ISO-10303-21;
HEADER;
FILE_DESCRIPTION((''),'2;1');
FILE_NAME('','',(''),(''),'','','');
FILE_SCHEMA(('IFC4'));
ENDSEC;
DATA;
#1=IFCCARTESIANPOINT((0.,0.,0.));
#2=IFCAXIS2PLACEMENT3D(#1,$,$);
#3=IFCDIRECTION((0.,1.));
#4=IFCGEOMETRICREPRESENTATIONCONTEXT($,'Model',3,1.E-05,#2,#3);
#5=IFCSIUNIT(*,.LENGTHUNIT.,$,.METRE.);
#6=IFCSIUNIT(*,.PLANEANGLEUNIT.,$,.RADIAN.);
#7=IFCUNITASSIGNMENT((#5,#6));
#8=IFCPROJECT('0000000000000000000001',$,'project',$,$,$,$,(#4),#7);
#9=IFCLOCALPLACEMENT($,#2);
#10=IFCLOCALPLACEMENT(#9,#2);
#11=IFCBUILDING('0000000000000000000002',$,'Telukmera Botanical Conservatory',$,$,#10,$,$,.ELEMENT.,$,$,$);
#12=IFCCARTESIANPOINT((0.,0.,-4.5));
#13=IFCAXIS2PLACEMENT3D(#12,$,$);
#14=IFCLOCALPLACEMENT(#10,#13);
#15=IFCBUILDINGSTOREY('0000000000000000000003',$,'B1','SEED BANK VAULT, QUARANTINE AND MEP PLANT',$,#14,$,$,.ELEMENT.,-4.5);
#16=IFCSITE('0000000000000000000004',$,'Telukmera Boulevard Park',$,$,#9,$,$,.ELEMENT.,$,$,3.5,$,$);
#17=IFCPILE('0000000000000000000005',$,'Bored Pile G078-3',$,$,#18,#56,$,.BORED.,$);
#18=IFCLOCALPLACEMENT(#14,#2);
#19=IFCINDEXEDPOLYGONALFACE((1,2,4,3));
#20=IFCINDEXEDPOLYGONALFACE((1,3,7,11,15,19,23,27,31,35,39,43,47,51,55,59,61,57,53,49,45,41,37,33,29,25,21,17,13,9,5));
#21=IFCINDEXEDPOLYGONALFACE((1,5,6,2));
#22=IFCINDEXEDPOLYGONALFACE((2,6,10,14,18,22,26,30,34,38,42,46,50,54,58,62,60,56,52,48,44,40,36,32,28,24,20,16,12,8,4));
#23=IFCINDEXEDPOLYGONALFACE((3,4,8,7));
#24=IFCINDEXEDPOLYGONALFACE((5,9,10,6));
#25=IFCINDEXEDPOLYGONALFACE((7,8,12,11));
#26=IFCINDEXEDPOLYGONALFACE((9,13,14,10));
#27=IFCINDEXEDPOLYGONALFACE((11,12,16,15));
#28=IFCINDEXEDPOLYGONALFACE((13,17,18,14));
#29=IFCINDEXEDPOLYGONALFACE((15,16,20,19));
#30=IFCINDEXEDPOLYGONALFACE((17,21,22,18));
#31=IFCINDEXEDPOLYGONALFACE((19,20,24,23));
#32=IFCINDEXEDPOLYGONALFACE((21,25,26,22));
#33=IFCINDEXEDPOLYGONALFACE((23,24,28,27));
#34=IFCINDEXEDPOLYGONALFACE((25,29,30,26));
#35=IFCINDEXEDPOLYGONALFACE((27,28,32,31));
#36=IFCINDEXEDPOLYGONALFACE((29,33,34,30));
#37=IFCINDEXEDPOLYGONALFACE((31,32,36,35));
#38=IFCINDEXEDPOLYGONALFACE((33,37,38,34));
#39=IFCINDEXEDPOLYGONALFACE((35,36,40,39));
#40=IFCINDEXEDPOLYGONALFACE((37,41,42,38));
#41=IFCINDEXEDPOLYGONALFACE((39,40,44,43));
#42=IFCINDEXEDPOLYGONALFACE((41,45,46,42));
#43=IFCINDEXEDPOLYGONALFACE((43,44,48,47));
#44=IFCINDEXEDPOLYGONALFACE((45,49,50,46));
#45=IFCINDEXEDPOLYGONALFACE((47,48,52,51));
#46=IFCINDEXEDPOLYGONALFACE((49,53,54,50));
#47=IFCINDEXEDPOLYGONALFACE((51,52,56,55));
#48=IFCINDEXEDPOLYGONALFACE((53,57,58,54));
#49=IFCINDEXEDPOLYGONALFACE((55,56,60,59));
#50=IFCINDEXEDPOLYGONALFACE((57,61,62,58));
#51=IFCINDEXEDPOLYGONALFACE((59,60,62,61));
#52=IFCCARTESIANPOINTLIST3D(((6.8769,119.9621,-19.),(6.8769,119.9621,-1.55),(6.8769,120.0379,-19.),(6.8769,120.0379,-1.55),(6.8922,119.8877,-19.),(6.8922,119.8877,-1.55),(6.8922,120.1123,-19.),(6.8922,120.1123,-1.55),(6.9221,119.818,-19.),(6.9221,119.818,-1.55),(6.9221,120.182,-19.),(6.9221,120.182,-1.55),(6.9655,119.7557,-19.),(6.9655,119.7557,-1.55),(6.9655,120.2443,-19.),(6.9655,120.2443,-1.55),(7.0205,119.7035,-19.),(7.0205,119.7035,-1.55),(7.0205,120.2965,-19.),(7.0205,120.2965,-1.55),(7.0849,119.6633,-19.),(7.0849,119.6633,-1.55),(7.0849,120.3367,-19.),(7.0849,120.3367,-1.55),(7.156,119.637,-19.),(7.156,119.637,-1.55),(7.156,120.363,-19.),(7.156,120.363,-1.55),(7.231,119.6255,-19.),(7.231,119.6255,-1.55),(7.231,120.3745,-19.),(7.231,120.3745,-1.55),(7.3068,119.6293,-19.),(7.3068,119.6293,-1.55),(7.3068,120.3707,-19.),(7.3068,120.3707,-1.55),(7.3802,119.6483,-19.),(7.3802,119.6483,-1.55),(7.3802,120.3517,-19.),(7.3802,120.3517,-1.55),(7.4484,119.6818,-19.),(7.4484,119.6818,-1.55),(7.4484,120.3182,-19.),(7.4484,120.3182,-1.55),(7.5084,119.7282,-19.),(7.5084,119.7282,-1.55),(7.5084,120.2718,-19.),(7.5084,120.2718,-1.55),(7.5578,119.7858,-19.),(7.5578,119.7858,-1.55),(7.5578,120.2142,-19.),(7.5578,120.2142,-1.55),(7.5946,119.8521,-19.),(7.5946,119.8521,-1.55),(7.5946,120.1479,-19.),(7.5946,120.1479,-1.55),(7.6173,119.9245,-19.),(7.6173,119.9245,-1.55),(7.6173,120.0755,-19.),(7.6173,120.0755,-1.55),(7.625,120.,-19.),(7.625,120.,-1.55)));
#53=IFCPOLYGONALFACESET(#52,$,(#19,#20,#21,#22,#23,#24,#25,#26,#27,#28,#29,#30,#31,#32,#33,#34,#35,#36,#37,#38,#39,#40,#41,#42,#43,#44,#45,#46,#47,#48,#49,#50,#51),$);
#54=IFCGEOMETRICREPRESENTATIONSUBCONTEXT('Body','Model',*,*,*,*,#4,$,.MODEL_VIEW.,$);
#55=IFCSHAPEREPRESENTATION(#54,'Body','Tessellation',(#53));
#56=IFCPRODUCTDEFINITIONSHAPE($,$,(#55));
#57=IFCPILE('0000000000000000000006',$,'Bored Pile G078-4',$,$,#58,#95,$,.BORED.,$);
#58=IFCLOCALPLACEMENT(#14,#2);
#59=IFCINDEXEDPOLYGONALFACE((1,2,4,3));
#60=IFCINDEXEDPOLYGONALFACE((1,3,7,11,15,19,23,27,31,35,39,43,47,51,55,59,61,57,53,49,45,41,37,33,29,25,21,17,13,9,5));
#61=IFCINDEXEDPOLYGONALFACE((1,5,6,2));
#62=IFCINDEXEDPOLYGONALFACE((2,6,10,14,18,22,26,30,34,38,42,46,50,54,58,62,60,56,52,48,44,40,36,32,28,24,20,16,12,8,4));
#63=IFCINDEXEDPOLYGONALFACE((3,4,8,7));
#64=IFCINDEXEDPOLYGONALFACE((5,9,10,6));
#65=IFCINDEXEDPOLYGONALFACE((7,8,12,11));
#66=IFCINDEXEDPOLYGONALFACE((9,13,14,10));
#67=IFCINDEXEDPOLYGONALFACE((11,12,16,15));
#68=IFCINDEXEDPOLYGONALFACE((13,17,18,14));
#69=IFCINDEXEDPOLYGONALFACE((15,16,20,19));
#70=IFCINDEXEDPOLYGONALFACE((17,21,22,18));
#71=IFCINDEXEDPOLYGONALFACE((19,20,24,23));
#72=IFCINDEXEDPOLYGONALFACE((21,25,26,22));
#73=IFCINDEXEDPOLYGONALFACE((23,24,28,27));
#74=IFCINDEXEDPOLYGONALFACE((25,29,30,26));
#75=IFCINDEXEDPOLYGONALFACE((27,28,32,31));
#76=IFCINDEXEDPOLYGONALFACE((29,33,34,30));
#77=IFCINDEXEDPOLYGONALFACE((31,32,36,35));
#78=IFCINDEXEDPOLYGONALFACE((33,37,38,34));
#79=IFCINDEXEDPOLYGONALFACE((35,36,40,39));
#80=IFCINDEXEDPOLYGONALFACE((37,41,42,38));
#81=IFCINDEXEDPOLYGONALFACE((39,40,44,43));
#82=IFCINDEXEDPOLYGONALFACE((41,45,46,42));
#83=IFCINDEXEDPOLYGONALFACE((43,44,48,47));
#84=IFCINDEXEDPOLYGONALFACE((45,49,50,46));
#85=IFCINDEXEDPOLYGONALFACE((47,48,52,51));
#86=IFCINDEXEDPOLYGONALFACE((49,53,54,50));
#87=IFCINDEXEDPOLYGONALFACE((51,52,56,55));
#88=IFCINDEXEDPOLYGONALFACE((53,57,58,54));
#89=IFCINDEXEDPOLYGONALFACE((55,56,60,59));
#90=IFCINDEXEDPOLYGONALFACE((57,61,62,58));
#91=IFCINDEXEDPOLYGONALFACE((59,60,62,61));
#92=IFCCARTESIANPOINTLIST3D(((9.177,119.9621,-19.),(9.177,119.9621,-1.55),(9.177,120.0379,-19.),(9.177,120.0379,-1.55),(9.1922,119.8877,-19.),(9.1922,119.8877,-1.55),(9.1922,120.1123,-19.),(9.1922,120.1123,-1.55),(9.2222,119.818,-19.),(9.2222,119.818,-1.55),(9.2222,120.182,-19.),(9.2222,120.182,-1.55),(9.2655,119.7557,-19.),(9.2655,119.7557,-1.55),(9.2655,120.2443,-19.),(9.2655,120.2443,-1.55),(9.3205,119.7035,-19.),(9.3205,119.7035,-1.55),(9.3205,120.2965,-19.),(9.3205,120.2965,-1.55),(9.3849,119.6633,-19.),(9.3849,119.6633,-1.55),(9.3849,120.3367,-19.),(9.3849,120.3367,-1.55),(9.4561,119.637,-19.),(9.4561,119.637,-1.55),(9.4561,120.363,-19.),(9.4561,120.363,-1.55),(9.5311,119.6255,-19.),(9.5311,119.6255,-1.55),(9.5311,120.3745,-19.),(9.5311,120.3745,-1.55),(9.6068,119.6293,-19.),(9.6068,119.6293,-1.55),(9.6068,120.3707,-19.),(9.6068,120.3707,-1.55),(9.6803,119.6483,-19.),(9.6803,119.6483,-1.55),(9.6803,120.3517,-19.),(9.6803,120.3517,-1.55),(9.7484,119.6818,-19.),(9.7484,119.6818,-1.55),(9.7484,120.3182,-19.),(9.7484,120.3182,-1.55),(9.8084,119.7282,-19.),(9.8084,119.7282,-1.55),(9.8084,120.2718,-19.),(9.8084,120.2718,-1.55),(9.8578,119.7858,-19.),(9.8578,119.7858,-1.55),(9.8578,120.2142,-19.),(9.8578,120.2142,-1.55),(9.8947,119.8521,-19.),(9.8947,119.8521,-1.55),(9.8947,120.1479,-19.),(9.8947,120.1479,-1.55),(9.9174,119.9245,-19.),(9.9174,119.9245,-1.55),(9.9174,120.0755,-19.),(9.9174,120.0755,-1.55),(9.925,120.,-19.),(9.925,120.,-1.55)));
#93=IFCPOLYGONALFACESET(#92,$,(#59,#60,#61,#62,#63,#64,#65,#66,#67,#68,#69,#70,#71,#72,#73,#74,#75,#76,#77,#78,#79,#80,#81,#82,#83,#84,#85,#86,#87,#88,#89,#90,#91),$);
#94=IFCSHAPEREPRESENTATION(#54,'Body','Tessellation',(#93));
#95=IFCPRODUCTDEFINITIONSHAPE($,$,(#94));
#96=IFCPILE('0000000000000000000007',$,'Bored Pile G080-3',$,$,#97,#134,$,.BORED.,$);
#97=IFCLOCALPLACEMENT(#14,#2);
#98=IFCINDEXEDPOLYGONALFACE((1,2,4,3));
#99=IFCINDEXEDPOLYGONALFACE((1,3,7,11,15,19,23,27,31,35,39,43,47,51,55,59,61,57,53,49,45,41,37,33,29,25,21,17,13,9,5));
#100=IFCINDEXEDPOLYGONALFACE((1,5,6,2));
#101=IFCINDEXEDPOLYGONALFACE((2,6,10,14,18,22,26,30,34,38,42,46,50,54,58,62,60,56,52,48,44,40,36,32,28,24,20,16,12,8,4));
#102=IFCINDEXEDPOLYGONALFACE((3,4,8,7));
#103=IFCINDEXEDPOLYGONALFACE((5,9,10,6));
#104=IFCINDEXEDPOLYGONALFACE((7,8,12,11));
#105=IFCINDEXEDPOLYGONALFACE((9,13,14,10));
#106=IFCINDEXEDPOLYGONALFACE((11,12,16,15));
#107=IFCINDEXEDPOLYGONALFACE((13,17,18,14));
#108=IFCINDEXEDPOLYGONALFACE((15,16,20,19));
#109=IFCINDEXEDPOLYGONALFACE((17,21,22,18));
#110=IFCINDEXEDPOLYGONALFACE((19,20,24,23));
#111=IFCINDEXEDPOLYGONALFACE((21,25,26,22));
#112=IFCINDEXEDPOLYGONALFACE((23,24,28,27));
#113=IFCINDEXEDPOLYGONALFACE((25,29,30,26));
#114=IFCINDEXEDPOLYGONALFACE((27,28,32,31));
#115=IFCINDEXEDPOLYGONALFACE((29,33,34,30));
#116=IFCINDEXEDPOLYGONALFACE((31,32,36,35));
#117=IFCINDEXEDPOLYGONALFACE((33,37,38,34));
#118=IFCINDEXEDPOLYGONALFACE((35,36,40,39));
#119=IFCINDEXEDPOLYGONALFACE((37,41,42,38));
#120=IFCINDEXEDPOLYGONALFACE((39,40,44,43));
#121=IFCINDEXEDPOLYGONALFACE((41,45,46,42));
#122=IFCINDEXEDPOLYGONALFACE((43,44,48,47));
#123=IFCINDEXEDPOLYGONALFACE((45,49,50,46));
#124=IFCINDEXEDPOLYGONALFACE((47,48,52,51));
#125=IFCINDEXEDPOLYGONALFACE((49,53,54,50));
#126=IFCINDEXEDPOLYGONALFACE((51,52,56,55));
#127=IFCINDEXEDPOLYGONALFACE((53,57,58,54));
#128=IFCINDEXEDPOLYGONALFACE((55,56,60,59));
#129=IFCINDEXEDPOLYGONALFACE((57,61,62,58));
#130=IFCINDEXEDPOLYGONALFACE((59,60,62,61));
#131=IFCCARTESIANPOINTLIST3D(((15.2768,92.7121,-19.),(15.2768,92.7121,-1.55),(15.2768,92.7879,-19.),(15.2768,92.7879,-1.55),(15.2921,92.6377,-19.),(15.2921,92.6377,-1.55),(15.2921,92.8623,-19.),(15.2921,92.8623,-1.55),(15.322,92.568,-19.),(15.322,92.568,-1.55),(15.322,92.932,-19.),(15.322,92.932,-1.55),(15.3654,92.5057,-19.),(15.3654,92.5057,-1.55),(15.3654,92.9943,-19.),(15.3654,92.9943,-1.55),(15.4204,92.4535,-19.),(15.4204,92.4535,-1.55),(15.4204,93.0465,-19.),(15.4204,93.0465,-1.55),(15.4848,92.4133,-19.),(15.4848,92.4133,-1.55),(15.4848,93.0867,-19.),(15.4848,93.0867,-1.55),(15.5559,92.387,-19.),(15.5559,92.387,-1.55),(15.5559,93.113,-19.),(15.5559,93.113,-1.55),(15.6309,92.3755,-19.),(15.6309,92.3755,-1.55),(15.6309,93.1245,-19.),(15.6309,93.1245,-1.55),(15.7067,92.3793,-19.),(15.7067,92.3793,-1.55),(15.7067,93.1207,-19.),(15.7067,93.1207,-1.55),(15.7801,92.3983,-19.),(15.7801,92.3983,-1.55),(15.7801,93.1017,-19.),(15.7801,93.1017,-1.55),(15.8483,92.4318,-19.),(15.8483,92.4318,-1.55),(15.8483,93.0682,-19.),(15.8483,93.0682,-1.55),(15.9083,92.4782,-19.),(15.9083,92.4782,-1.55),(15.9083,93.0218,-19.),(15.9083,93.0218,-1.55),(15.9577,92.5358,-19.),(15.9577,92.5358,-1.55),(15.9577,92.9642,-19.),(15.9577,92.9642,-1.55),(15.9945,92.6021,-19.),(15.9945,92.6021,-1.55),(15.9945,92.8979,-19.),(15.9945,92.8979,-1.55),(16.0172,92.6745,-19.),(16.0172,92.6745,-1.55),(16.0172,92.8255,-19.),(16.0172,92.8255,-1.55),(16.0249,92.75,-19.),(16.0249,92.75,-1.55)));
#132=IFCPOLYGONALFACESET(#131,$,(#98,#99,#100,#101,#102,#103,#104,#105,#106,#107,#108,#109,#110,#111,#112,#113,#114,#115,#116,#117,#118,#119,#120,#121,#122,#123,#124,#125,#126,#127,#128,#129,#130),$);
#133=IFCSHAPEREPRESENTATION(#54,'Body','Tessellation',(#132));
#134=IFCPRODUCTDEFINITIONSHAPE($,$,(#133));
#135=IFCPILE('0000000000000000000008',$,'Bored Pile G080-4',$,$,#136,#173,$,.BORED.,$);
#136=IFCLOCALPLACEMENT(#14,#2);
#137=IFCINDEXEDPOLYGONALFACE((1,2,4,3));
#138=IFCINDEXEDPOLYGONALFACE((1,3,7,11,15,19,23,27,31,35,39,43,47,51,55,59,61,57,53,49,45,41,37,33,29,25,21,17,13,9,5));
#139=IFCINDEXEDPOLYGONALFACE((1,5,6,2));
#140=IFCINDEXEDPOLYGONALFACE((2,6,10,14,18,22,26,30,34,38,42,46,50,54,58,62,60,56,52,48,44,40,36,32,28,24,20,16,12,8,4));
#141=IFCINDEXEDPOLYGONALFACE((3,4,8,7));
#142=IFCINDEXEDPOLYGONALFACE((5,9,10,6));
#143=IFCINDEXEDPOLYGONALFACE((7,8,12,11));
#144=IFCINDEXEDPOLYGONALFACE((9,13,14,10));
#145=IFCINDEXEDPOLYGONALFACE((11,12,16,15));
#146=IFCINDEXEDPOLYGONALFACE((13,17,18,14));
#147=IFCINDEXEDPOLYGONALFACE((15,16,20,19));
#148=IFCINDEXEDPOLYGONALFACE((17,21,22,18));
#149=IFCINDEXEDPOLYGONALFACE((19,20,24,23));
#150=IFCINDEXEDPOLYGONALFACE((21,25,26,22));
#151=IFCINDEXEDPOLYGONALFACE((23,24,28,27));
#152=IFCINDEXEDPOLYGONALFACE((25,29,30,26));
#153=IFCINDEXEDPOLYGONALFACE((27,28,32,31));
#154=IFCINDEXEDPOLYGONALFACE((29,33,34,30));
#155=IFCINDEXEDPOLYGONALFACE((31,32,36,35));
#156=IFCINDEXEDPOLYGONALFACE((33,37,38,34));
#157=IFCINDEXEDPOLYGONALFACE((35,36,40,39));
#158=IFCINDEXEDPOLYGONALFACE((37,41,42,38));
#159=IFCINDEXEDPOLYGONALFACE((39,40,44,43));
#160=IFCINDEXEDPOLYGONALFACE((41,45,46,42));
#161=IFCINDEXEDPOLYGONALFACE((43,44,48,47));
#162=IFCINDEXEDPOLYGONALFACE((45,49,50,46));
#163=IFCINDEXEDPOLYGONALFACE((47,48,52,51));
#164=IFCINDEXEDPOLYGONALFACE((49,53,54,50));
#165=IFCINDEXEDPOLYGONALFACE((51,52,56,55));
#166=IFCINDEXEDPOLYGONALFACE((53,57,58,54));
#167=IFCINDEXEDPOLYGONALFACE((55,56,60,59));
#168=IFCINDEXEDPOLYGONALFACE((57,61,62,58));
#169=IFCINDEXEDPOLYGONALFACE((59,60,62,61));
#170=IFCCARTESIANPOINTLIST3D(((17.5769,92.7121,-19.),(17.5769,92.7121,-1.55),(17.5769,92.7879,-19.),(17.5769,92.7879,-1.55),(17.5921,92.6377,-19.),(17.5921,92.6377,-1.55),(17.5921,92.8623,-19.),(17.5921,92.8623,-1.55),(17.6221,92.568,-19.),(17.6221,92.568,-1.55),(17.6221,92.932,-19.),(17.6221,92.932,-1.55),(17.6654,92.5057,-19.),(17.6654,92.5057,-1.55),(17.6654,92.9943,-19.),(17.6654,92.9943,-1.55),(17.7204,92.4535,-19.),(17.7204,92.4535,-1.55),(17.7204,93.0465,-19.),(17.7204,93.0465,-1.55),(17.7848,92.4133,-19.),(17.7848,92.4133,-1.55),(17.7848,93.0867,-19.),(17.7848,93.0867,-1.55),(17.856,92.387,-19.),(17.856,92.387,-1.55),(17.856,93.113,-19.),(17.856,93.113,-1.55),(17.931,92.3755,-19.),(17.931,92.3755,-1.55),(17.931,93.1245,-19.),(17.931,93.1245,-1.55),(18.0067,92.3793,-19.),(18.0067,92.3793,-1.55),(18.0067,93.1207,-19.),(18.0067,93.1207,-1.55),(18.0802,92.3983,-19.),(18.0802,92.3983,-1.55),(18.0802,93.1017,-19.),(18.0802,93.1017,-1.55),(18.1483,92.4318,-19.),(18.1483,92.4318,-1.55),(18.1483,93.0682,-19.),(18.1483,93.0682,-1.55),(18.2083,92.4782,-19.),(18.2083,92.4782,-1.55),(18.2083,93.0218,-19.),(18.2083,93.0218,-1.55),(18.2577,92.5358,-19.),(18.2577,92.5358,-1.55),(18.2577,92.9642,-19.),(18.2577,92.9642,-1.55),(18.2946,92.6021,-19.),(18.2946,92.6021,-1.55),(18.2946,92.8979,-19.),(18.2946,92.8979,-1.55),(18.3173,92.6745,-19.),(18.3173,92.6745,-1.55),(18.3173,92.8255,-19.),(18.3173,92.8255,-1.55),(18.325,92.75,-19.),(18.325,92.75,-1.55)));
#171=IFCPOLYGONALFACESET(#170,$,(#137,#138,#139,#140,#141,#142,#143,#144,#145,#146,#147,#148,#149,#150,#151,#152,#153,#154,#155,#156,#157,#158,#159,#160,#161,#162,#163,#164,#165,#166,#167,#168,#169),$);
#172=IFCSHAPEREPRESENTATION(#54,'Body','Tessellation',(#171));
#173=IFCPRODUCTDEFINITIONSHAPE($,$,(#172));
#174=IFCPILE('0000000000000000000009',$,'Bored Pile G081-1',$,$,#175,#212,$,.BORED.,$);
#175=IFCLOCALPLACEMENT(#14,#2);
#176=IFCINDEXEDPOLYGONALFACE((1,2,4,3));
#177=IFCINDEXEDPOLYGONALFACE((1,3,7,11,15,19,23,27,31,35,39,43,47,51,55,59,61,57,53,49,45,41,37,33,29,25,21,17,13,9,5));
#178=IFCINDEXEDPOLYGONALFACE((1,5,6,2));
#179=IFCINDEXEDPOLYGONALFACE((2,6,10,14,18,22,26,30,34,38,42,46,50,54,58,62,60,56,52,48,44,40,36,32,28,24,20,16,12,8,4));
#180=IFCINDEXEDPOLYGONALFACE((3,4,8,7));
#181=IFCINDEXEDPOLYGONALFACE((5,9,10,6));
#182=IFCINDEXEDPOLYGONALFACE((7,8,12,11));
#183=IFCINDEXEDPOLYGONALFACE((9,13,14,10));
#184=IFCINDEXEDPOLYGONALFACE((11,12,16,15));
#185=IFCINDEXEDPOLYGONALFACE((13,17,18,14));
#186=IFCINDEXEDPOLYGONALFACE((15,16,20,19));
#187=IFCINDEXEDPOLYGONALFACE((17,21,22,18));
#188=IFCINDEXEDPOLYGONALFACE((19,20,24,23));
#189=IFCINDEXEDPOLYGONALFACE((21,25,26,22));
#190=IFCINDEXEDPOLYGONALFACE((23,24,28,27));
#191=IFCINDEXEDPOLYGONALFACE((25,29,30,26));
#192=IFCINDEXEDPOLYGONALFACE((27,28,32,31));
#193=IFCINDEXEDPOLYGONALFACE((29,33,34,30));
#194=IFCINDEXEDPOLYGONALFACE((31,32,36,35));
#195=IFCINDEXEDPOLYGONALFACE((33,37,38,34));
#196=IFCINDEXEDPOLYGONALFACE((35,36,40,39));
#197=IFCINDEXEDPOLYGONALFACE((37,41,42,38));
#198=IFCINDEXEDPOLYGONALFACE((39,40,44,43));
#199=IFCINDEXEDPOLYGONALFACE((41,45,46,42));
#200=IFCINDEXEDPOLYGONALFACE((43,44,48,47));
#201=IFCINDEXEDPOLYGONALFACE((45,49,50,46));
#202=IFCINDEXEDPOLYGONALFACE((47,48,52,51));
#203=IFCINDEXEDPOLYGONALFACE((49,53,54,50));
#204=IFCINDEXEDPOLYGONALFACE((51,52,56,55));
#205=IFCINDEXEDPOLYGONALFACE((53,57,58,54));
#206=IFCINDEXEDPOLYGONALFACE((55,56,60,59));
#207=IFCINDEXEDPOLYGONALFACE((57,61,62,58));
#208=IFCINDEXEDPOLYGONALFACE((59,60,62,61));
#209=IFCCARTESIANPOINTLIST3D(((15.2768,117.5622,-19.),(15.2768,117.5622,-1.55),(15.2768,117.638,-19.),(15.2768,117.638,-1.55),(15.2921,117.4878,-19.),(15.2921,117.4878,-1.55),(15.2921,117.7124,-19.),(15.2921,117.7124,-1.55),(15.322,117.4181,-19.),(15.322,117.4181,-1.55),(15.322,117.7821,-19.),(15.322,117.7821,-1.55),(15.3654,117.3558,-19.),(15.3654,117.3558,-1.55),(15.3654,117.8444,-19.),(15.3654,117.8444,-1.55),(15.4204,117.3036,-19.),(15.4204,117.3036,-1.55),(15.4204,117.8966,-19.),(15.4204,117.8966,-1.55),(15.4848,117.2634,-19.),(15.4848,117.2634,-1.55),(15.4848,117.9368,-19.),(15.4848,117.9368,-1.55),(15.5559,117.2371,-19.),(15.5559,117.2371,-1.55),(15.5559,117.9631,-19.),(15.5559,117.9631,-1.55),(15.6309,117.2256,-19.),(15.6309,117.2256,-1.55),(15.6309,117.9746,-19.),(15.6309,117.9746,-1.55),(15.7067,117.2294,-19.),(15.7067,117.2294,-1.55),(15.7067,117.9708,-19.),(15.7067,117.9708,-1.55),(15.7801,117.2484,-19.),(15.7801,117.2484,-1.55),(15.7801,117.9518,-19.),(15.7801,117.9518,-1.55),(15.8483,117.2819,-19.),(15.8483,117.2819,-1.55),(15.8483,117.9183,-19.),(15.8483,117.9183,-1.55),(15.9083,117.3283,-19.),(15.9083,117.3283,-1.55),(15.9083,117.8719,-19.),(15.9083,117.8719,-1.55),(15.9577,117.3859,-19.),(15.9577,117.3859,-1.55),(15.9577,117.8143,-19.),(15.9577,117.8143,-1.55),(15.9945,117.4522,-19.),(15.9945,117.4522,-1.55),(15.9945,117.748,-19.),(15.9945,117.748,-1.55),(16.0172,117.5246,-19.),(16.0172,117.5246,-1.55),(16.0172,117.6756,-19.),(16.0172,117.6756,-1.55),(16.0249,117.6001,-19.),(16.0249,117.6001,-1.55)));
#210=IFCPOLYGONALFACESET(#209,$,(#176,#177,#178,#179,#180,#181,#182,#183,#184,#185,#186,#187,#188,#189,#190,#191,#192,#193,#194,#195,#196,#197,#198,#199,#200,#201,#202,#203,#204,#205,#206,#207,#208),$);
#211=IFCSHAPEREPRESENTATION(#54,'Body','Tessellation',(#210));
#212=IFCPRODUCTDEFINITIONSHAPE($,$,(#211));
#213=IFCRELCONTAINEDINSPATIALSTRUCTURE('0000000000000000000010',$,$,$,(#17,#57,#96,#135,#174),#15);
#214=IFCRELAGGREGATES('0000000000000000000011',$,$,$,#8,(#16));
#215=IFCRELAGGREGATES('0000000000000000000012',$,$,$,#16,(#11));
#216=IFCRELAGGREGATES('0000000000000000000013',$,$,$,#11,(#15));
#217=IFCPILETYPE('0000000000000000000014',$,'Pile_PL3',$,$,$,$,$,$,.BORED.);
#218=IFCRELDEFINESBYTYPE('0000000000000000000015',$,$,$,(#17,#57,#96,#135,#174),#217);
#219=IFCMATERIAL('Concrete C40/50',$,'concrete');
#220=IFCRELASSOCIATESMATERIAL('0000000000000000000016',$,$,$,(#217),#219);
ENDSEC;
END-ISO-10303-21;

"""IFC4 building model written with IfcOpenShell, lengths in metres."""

from ifc_helpers import new_model, si_unit, direction, frame, origin, origin_2d, place, context, subcontext, project, spatial, circle, extrude, material, material_profile, profile_set, type_object, element, save


model = new_model("IFC4")

# Units and contexts
model_context = context("Model", 3, precision=1e-05, world=origin(), true_north=direction((0.0, 1.0)))
body_context = subcontext(model_context, "Body", "Model", "MODEL_VIEW")
ifc_project = project(units=[si_unit("LENGTHUNIT", "METRE"), si_unit("PLANEANGLEUNIT", "RADIAN")], contexts=[model_context])

# Site, building, storey
site_placement = place(None, origin())
site = spatial("IfcSite", under=ifc_project, at=site_placement, Name="Telukmera Boulevard Park", CompositionType="ELEMENT", RefElevation=3.5)
building_placement = place(site_placement, origin())
building = spatial("IfcBuilding", under=site, at=building_placement, Name="Telukmera Botanical Conservatory", CompositionType="ELEMENT")
storey_placement = place(building_placement, frame((0.0, 0.0, -4.5)))
storey = spatial("IfcBuildingStorey", under=building, at=storey_placement, Name="B1", Description="SEED BANK VAULT, QUARANTINE AND MEP PLANT", CompositionType="ELEMENT", Elevation=-4.5)

# Shared definitions
ifc_material_1 = material(Name="Concrete C40/50", Category="concrete")

# Piles
ifc_material_profile_1 = material_profile(ifc_material_1, circle(Radius=0.375, at=origin_2d()), Name="PILE D750")
ifc_profile_set_1 = profile_set([ifc_material_profile_1], Name="Concrete C40/50")
pile_type = type_object("IfcPileType", Name="Pile_PL3", PredefinedType="BORED", material=ifc_profile_set_1)
for number, where, z_axis, x_axis, name in (
    (1, (7.25, 120.0, -1.55), (0.0, 0.0, -1.0), (1.0, 0.0, 0.0), "Bored Pile G078-3"),
    (2, (9.55, 120.0, -1.55), (0.0, 0.0, -1.0), (1.0, 0.0, 0.0), "Bored Pile G078-4"),
    (3, (15.6499, 92.75, -1.55), (0.0, 0.0, -1.0), (1.0, 0.0, 0.0), "Bored Pile G080-3"),
    (4, (17.95, 92.75, -1.55), (0.0, 0.0, -1.0), (1.0, 0.0, 0.0), "Bored Pile G080-4"),
    (5, (15.6499, 117.6001, -1.55), (0.0, 0.0, -1.0), (1.0, 0.0, 0.0), "Bored Pile G081-1"),
):
    element("IfcPile", number, at=place(storey_placement, frame(where, z_axis=z_axis, x_axis=x_axis)), inside=storey, type_object=pile_type, Name=name, PredefinedType="BORED", context=body_context, shape_type="SweptSolid", body=[
        extrude(circle(Radius=0.375, at=origin_2d()), origin(), (0.0, 0.0, 1.0), 17.45),
    ])

save(model, "model.ifc")
